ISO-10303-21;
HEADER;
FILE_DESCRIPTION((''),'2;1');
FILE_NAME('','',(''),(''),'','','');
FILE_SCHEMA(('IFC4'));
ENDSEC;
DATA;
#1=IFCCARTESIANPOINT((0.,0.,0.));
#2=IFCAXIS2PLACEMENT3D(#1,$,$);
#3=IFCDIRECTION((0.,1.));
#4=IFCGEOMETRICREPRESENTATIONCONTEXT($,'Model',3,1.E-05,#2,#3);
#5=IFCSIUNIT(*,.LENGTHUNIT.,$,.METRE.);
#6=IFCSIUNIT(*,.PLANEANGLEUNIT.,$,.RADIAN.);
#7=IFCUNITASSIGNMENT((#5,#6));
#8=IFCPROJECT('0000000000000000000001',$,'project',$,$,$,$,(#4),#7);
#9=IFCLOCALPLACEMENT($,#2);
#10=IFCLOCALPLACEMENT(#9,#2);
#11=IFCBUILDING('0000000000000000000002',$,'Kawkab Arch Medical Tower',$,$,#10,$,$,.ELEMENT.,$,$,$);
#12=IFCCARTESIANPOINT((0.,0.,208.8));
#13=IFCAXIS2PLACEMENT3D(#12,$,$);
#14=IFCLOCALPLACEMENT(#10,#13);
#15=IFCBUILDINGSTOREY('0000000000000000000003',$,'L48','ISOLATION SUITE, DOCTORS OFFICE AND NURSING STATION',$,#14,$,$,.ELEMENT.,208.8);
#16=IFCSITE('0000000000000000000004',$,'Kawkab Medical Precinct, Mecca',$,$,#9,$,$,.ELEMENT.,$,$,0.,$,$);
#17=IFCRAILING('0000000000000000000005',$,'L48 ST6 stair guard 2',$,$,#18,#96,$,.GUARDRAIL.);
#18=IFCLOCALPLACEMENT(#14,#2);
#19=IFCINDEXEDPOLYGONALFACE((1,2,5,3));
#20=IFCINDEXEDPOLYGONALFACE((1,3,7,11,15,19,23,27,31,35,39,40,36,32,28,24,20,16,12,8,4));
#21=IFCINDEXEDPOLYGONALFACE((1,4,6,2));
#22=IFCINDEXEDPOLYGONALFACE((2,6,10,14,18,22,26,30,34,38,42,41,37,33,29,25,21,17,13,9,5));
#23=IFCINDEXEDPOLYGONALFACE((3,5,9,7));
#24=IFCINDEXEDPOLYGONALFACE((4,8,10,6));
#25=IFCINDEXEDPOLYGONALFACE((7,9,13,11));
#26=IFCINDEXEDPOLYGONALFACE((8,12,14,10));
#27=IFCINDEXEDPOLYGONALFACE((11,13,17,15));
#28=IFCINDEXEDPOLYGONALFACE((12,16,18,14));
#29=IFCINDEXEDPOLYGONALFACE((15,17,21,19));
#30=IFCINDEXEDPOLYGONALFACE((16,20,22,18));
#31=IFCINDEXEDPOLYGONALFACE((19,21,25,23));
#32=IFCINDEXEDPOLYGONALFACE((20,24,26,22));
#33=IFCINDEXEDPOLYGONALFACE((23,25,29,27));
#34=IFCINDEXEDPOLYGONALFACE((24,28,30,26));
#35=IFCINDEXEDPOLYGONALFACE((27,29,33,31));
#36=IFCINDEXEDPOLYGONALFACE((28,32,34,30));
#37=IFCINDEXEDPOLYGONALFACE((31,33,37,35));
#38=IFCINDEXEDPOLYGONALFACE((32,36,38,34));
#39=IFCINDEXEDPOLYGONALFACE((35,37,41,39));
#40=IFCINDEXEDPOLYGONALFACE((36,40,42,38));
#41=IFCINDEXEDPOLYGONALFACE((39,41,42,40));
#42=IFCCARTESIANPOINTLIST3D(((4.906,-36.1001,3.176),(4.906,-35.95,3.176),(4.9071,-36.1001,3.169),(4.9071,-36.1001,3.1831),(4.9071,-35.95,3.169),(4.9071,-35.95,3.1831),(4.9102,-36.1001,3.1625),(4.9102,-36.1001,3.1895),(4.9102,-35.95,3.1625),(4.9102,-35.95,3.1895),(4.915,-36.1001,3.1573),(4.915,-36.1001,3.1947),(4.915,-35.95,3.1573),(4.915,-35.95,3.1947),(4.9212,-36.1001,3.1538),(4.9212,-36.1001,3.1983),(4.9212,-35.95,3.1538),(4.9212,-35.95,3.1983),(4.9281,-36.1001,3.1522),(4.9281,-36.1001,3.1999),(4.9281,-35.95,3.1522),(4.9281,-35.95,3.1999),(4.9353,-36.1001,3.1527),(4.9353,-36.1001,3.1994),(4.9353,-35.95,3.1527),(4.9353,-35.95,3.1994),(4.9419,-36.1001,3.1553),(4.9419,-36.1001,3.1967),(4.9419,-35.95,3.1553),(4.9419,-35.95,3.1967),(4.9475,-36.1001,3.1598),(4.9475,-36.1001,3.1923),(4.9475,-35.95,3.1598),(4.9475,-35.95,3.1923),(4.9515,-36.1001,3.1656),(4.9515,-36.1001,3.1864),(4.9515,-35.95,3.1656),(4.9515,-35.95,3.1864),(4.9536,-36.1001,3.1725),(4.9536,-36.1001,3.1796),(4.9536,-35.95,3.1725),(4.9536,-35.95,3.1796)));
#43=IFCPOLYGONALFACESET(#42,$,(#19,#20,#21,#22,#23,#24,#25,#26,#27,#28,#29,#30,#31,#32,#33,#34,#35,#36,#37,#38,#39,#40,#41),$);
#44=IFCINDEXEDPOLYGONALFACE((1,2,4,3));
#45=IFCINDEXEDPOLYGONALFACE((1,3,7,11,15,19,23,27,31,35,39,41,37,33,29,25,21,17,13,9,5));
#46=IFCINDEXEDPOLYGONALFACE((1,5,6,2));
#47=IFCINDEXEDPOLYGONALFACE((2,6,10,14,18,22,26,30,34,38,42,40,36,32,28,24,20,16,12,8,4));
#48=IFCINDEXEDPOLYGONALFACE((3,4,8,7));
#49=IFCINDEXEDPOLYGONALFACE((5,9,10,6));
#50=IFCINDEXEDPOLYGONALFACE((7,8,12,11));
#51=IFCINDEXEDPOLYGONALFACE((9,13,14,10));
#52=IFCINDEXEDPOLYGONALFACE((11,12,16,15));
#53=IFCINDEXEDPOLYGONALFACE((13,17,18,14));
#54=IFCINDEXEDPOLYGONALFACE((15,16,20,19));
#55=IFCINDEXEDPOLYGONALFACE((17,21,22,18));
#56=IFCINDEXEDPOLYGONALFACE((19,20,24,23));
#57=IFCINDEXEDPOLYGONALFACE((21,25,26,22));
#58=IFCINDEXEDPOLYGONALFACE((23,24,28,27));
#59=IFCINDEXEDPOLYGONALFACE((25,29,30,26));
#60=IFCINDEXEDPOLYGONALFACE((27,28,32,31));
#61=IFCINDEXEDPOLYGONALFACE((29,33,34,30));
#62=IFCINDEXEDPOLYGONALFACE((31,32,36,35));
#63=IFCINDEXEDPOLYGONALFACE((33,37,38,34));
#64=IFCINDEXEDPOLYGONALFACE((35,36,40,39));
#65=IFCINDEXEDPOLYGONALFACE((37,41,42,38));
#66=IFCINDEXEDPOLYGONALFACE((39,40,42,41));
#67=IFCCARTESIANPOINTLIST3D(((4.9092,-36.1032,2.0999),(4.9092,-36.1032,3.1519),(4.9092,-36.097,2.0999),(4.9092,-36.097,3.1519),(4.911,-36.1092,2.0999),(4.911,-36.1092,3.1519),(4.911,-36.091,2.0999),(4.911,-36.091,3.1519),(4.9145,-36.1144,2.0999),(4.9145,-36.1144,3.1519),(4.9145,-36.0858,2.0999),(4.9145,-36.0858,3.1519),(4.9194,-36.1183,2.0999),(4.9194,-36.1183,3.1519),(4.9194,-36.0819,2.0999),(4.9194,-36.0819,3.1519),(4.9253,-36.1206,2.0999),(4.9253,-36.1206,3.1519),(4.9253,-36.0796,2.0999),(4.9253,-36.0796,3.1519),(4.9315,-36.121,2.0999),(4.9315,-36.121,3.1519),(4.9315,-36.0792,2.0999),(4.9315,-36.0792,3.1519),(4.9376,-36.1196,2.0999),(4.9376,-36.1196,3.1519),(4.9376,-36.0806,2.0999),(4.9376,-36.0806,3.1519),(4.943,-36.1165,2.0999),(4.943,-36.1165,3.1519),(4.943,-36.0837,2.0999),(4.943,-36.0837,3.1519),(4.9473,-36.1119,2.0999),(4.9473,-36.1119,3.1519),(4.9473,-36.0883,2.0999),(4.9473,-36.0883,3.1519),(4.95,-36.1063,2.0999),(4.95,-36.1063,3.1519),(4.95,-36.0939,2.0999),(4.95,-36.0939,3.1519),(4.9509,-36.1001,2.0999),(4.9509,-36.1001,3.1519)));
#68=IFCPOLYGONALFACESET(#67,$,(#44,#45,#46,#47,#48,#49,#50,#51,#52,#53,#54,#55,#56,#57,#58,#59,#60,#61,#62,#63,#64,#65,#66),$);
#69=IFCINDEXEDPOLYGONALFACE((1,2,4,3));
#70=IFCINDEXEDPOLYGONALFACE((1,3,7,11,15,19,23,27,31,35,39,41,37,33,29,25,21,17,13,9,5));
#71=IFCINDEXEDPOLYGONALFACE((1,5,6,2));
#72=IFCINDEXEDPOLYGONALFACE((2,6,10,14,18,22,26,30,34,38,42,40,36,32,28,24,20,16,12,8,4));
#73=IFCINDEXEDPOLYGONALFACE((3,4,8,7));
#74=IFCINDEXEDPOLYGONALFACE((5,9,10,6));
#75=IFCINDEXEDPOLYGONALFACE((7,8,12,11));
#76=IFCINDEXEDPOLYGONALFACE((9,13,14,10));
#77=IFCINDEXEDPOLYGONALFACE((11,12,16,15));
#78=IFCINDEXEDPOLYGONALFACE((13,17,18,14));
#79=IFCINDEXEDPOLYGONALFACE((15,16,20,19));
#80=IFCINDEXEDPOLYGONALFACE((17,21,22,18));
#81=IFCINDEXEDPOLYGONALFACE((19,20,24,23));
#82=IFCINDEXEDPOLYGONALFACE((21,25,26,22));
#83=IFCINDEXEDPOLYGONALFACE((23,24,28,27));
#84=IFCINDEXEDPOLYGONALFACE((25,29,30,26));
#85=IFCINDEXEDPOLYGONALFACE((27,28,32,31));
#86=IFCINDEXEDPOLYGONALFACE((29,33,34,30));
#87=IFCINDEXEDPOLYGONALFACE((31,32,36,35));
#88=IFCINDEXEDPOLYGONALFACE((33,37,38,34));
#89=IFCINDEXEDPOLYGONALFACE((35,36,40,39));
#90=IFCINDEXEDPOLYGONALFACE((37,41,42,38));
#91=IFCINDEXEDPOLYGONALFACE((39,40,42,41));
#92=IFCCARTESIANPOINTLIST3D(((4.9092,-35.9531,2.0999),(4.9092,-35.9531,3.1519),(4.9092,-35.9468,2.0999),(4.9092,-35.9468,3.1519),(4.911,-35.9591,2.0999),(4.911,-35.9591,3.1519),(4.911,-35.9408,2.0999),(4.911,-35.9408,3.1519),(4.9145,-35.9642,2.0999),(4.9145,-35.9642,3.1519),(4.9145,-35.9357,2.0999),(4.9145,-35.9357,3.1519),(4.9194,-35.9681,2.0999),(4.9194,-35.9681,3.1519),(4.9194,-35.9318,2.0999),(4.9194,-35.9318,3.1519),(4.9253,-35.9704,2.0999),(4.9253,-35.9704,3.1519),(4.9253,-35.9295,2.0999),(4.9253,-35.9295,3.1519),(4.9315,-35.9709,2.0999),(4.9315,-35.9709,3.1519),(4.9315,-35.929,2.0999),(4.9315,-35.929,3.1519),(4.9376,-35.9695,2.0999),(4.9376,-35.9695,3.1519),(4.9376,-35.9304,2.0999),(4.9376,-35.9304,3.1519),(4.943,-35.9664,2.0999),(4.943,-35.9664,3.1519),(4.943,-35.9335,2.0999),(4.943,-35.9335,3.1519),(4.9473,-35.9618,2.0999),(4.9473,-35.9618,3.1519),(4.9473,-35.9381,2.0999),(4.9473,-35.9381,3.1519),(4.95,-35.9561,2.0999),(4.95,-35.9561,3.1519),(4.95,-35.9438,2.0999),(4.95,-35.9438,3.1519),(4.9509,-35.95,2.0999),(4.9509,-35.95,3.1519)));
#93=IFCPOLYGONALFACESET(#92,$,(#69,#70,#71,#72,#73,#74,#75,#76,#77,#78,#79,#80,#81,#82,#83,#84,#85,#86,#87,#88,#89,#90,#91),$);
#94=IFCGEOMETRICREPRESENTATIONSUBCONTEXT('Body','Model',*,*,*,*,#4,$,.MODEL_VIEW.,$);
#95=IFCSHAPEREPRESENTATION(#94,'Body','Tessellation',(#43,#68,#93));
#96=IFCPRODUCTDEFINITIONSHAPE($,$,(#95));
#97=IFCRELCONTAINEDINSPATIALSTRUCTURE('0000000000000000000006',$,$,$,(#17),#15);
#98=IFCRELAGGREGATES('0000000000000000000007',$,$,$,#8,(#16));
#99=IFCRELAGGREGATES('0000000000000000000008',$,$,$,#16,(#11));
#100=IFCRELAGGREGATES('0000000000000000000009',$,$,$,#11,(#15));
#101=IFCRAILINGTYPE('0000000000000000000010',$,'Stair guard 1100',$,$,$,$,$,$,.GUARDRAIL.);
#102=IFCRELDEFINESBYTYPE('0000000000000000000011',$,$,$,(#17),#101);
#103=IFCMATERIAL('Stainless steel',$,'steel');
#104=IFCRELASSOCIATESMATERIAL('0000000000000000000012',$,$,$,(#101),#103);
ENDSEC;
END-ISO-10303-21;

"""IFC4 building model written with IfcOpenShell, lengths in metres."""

from ifc_helpers import new_model, si_unit, direction, frame, origin, origin_2d, place, context, subcontext, project, spatial, circle, extrude, material, type_object, element, save


model = new_model("IFC4")

# Units and contexts
model_context = context("Model", 3, precision=1e-05, world=origin(), true_north=direction((0.0, 1.0)))
body_context = subcontext(model_context, "Body", "Model", "MODEL_VIEW")
ifc_project = project(units=[si_unit("LENGTHUNIT", "METRE"), si_unit("PLANEANGLEUNIT", "RADIAN")], contexts=[model_context])

# Site, building, storey
site_placement = place(None, origin())
site = spatial("IfcSite", under=ifc_project, at=site_placement, Name="Kawkab Medical Precinct, Mecca", CompositionType="ELEMENT", RefElevation=0.0)
building_placement = place(site_placement, origin())
building = spatial("IfcBuilding", under=site, at=building_placement, Name="Kawkab Arch Medical Tower", CompositionType="ELEMENT")
storey_placement = place(building_placement, frame((0.0, 0.0, 208.8)))
storey = spatial("IfcBuildingStorey", under=building, at=storey_placement, Name="L48", Description="ISOLATION SUITE, DOCTORS OFFICE AND NURSING STATION", CompositionType="ELEMENT", Elevation=208.8)

# Railing
ifc_material_1 = material(Name="Stainless steel", Category="steel")
railing_type = type_object("IfcRailingType", Name="Stair guard 1100", PredefinedType="GUARDRAIL", material=ifc_material_1)
railing_1_placement = place(storey_placement, frame((4.9299, -36.1001, 2.0999)))
element("IfcRailing", 1, at=railing_1_placement, inside=storey, type_object=railing_type, Name="L48 ST6 stair guard 2", PredefinedType="GUARDRAIL", context=body_context, shape_type="SweptSolid", body=[
    extrude(circle(Radius=0.0239, at=origin_2d()), frame((0.0, 0.0, 1.0762), z_axis=(0.0, 1.0, 0.0), x_axis=(-1.0, 0.0, 0.0)), (0.0, 0.0, 1.0), 0.1501),
    extrude(circle(Radius=0.021, at=origin_2d()), origin(), (0.0, 0.0, 1.0), 1.052),
    extrude(circle(Radius=0.021, at=origin_2d()), frame((0.0, 0.1501, 0.0)), (0.0, 0.0, 1.0), 1.052),
])

save(model, "model.ifc")
